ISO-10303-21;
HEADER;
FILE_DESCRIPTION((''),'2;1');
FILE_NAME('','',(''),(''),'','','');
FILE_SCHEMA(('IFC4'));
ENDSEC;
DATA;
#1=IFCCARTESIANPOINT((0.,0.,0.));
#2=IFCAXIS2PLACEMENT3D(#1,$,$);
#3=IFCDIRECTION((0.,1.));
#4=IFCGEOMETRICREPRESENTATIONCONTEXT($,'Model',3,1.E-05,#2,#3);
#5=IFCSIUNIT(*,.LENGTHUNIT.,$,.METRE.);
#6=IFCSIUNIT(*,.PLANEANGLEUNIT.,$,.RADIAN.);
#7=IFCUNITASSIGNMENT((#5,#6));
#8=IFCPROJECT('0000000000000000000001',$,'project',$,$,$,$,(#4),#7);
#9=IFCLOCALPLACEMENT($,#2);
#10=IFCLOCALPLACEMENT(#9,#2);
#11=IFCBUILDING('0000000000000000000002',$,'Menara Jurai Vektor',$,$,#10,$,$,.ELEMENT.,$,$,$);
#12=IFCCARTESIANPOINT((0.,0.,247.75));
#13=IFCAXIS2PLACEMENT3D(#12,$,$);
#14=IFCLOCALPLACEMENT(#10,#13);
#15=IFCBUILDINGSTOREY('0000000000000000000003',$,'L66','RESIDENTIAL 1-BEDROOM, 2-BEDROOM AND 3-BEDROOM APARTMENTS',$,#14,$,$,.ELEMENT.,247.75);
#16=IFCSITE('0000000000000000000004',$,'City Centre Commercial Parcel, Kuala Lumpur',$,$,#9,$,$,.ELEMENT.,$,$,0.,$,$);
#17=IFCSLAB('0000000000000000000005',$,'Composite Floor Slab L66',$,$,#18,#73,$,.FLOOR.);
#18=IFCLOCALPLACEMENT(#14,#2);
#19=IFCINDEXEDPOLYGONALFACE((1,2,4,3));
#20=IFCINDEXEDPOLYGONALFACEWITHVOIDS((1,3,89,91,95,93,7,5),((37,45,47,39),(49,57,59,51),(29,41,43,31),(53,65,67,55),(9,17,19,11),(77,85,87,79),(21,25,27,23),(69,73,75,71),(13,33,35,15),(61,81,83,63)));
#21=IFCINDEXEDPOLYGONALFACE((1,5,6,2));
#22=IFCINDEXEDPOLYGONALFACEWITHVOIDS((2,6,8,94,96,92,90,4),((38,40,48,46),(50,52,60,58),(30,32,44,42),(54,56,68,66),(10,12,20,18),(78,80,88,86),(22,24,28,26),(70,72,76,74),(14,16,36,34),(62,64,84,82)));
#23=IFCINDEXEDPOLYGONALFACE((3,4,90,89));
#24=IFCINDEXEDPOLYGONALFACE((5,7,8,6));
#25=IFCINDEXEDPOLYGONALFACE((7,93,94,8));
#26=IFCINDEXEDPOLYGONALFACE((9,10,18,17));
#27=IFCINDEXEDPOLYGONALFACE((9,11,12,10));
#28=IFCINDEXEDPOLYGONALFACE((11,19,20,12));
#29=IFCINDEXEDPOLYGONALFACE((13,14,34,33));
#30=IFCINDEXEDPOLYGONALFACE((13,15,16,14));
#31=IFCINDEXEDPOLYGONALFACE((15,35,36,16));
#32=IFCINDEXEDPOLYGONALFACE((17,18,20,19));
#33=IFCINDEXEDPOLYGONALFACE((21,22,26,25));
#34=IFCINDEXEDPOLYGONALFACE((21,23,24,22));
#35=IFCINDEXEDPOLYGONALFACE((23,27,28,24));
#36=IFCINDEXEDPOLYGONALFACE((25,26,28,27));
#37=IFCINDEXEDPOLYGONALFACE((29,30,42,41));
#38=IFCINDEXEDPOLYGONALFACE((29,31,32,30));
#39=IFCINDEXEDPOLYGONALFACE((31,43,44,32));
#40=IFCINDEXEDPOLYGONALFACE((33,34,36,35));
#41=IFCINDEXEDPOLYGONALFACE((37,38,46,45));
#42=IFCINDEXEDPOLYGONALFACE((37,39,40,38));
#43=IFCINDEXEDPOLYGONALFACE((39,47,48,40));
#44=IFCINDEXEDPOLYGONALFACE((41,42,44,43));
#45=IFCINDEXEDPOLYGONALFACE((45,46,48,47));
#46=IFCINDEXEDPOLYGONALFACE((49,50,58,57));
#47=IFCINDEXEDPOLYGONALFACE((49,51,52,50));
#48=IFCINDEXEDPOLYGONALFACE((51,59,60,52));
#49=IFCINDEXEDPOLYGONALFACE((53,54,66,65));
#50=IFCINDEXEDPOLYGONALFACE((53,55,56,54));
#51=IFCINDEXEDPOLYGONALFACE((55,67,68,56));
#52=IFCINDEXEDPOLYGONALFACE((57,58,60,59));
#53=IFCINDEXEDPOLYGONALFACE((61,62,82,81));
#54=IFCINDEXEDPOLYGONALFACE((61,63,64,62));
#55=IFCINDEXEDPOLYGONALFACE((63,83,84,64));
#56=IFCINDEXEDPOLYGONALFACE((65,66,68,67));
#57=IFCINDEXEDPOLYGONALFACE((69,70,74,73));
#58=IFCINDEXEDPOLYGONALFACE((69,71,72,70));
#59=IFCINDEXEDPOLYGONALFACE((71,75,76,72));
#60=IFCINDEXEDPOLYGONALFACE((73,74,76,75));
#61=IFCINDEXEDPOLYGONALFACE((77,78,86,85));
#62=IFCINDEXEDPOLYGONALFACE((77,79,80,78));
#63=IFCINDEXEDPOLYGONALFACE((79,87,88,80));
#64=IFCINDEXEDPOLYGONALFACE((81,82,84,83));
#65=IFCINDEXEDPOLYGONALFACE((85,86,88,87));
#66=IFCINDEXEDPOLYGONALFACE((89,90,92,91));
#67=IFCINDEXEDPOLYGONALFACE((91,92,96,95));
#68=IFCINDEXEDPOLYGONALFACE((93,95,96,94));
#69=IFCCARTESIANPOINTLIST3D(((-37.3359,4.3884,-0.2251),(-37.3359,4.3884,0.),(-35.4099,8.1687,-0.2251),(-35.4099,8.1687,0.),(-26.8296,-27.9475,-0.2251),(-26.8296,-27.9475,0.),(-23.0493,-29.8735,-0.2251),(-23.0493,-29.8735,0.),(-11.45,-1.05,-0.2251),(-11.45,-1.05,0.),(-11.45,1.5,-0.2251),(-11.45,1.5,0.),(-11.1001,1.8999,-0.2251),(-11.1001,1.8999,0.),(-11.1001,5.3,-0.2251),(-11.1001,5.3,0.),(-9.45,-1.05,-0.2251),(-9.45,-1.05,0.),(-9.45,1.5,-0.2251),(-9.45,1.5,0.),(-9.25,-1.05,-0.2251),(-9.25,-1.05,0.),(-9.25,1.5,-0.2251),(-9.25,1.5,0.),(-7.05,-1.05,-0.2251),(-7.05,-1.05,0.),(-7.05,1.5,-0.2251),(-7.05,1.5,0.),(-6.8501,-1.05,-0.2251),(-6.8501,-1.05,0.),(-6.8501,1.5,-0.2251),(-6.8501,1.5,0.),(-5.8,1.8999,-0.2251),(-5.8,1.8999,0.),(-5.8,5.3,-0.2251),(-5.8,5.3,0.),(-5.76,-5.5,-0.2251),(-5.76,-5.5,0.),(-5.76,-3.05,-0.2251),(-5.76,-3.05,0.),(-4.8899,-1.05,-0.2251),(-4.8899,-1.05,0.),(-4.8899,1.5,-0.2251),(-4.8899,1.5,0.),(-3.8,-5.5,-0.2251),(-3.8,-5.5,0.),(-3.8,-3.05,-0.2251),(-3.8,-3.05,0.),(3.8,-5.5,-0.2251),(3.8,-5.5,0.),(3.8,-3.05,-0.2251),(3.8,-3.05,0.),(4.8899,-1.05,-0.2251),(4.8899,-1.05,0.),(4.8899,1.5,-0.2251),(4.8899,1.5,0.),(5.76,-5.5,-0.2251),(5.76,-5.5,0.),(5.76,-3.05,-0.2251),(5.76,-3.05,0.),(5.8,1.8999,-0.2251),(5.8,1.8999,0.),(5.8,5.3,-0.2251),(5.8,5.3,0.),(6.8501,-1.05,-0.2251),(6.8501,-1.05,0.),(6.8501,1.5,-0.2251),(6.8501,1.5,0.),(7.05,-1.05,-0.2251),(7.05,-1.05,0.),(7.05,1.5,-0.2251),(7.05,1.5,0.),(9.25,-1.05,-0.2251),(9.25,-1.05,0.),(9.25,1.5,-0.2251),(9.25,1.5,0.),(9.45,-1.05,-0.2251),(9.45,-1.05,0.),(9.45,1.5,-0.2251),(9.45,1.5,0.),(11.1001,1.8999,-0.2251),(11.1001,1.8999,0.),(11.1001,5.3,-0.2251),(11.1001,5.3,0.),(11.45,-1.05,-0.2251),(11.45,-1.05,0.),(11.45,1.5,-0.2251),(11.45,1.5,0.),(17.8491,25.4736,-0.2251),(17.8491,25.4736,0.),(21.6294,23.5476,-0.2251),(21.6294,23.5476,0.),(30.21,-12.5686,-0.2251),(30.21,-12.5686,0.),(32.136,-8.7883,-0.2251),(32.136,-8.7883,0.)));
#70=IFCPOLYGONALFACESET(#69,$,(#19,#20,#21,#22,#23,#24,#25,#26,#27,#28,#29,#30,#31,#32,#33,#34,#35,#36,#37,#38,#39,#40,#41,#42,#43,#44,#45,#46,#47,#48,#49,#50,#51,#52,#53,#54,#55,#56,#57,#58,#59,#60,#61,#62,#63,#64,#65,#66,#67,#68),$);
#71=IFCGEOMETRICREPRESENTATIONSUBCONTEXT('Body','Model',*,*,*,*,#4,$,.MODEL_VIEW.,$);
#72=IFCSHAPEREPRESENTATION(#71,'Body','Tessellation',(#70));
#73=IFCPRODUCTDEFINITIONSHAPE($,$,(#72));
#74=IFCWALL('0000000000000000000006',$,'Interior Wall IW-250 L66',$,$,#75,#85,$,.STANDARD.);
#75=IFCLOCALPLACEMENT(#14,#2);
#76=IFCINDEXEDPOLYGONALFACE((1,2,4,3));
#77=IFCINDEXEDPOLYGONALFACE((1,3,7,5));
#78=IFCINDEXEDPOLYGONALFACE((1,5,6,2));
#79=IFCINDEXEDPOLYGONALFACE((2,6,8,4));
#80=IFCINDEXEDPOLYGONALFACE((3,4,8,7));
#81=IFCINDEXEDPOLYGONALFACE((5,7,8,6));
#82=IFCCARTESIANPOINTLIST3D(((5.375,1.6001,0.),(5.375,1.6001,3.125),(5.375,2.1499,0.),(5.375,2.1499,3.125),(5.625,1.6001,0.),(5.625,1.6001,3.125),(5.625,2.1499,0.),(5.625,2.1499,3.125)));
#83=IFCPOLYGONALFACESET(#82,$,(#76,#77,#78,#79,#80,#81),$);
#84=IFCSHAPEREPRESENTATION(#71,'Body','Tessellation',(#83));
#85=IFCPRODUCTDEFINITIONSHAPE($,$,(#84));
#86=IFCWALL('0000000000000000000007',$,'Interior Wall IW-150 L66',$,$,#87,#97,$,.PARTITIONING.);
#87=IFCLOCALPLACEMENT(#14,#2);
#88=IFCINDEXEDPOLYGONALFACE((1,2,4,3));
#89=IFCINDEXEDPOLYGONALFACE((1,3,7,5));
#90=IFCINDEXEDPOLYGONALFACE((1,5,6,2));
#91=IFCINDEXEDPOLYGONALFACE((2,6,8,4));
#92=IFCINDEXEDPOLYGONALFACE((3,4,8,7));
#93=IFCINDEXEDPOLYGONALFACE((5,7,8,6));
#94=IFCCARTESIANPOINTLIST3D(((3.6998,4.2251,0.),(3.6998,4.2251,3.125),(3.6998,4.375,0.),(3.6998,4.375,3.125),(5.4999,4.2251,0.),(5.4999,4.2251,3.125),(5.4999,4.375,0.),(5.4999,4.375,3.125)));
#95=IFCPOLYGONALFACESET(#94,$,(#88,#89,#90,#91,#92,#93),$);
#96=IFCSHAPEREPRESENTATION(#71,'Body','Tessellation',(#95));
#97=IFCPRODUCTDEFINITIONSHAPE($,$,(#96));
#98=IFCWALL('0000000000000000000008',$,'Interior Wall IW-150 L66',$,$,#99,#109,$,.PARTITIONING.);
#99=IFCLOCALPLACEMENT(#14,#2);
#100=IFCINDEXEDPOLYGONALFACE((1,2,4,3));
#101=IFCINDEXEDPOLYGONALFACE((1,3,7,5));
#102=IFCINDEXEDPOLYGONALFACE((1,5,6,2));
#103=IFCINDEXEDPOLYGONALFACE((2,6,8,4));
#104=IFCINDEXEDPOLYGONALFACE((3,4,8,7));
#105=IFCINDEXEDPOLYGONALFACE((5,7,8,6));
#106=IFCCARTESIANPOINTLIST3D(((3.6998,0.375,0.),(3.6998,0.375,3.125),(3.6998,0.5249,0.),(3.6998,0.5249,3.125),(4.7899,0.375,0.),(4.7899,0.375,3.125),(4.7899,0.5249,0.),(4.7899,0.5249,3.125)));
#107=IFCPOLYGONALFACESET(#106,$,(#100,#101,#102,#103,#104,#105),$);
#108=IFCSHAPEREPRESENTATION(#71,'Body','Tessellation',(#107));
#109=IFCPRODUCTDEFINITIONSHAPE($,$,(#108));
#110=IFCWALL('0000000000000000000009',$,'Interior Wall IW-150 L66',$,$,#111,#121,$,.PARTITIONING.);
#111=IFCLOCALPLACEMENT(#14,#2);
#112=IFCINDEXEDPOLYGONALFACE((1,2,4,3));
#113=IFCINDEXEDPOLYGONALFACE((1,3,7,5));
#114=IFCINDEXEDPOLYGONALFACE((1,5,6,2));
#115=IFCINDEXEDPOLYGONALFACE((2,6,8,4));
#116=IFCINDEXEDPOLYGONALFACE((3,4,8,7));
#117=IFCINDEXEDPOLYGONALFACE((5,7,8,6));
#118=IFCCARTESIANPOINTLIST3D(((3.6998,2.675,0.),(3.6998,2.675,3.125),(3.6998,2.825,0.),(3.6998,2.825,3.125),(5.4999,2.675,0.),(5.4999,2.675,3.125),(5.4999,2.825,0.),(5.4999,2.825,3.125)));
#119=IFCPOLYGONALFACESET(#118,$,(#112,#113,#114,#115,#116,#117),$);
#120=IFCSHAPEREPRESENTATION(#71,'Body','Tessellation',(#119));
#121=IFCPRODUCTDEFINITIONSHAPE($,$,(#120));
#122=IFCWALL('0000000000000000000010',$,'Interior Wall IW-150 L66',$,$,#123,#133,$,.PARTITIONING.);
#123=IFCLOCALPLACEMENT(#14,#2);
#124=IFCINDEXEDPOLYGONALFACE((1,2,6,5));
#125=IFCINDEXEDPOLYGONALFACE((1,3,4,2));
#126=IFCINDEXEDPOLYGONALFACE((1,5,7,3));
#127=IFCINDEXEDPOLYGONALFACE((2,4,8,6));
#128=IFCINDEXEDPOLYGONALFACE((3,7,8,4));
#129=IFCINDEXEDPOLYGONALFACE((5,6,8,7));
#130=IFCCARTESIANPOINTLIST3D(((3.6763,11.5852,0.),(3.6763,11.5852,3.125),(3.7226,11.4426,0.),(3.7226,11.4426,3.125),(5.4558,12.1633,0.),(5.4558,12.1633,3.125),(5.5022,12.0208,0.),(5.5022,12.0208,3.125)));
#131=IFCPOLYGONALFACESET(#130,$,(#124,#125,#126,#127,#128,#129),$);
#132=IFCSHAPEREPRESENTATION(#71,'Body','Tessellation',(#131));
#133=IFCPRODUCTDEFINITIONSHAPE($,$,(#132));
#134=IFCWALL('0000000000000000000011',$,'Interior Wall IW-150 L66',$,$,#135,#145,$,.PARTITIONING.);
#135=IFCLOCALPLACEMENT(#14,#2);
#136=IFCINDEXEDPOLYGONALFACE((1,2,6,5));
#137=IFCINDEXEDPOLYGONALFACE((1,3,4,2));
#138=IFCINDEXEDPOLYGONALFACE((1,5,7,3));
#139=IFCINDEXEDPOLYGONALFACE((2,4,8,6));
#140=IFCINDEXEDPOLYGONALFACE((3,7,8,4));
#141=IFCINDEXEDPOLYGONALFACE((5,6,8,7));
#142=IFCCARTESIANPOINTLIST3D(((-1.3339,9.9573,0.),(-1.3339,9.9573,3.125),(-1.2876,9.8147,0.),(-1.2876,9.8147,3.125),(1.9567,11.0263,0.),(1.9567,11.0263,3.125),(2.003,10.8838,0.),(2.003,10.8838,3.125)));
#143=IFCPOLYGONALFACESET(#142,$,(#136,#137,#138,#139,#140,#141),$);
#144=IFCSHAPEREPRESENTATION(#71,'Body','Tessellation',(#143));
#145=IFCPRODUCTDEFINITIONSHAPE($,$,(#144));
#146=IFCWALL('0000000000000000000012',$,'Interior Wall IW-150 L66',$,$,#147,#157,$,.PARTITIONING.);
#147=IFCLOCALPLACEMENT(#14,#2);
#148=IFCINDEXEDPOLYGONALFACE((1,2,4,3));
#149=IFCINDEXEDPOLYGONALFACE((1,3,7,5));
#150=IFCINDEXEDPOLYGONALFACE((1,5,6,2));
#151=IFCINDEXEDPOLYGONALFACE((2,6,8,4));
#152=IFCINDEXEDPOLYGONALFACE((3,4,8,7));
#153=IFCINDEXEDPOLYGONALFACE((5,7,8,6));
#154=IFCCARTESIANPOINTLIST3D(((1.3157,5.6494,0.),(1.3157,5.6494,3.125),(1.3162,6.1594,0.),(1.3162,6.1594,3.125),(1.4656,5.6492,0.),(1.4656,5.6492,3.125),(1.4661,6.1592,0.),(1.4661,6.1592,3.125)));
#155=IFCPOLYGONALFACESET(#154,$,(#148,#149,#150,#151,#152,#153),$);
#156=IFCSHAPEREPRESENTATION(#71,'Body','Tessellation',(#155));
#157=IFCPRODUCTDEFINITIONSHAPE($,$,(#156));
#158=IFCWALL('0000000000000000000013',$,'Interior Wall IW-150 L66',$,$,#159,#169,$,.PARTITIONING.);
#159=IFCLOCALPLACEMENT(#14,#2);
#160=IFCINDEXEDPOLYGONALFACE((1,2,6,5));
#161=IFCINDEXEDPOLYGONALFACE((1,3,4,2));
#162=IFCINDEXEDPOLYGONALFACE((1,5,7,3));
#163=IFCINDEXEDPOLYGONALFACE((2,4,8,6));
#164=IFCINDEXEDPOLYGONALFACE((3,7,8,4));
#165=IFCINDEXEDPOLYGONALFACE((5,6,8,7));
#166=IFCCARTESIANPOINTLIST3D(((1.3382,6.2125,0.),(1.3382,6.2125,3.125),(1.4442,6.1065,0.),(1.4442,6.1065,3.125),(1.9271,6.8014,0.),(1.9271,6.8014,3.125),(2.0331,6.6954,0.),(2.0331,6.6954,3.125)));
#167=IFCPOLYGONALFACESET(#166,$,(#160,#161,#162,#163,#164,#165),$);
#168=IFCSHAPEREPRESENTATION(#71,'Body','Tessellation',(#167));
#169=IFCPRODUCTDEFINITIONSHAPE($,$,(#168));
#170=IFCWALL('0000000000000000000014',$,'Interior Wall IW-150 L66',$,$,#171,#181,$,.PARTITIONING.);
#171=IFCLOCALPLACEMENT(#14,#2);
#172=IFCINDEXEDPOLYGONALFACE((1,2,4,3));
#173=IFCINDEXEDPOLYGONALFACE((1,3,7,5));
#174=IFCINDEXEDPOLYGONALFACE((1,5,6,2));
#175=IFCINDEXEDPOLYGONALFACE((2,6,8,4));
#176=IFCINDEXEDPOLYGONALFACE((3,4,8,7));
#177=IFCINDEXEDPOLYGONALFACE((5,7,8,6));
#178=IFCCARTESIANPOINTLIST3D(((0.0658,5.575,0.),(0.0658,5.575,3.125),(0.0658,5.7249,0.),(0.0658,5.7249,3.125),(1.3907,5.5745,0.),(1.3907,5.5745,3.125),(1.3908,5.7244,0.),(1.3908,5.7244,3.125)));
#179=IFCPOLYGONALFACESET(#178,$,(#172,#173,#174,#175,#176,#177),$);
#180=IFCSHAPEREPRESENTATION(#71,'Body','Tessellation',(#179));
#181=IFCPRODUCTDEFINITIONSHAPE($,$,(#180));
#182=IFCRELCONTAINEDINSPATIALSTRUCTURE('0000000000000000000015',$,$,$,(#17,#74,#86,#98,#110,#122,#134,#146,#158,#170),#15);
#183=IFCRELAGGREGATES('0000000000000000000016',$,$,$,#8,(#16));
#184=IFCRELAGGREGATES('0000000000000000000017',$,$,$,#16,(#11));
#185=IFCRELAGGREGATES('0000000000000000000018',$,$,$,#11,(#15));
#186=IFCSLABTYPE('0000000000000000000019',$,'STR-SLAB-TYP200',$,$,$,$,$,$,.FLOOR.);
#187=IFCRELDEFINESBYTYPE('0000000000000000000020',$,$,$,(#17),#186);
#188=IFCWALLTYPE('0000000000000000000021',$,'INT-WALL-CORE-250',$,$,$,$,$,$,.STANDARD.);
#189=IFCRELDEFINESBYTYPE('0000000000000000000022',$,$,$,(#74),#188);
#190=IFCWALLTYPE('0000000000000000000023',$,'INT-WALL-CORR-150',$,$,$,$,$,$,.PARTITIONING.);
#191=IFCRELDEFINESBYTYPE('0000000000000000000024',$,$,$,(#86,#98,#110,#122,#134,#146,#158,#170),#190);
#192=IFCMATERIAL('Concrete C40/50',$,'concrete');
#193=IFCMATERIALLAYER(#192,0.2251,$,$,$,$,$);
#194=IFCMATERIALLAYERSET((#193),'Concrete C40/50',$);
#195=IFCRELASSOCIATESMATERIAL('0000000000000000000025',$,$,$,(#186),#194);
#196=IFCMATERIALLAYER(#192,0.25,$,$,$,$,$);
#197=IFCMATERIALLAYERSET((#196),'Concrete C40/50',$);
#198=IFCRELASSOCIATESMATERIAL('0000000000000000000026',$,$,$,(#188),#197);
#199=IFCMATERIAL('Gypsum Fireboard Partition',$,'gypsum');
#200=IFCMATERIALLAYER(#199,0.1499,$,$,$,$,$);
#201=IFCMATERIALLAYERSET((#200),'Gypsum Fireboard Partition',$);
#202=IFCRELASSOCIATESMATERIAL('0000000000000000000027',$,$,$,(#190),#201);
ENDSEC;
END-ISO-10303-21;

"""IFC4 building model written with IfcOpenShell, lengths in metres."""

from ifc_helpers import new_model, si_unit, direction, frame, frame_2d, origin, place, context, subcontext, project, spatial, polyline, rectangle, outline, extrude, material, layer, layer_set, type_object, element, save


model = new_model("IFC4")

# Units and contexts
model_context = context("Model", 3, precision=1e-05, world=origin(), true_north=direction((0.0, 1.0)))
body_context = subcontext(model_context, "Body", "Model", "MODEL_VIEW")
ifc_project = project(units=[si_unit("LENGTHUNIT", "METRE"), si_unit("PLANEANGLEUNIT", "RADIAN")], contexts=[model_context])

# Site, building, storey
site_placement = place(None, origin())
site = spatial("IfcSite", under=ifc_project, at=site_placement, Name="City Centre Commercial Parcel, Kuala Lumpur", CompositionType="ELEMENT", RefElevation=0.0)
building_placement = place(site_placement, origin())
building = spatial("IfcBuilding", under=site, at=building_placement, Name="Menara Jurai Vektor", CompositionType="ELEMENT")
storey_placement = place(building_placement, frame((0.0, 0.0, 247.75)))
storey = spatial("IfcBuildingStorey", under=building, at=storey_placement, Name="L66", Description="RESIDENTIAL 1-BEDROOM, 2-BEDROOM AND 3-BEDROOM APARTMENTS", CompositionType="ELEMENT", Elevation=247.75)

# Shared definitions
ifc_material_1 = material(Name="Concrete C40/50", Category="concrete")

# Slab
ifc_layer_1 = layer(ifc_material_1, 0.2251)
ifc_layer_set_1 = layer_set([ifc_layer_1], Name="Concrete C40/50")
slab_type_1 = type_object("IfcSlabType", Name="STR-SLAB-TYP200", PredefinedType="FLOOR", material=ifc_layer_set_1)
slab_1_placement = place(storey_placement, frame((0.0, 0.0, -0.2251)))
element("IfcSlab", 1, at=slab_1_placement, inside=storey, type_object=slab_type_1, Name="Composite Floor Slab L66", PredefinedType="FLOOR", context=body_context, shape_type="SweptSolid", body=[
    extrude(outline(polyline([(-23.0493, -29.8735), (30.21, -12.5686), (32.136, -8.7883), (21.6294, 23.5476), (17.8491, 25.4736), (-35.4099, 8.1687), (-37.3359, 4.3884), (-26.8296, -27.9475), (-23.0493, -29.8735)]), holes=[polyline([(-11.1001, 1.8999), (-11.1001, 5.3), (-5.8, 5.3), (-5.8, 1.8999), (-11.1001, 1.8999)]), polyline([(5.8, 1.8999), (5.8, 5.3), (11.1001, 5.3), (11.1001, 1.8999), (5.8, 1.8999)]), polyline([(-11.45, -1.05), (-11.45, 1.5), (-9.45, 1.5), (-9.45, -1.05), (-11.45, -1.05)]), polyline([(9.45, -1.05), (9.45, 1.5), (11.45, 1.5), (11.45, -1.05), (9.45, -1.05)]), polyline([(-5.76, -5.5), (-5.76, -3.05), (-3.8, -3.05), (-3.8, -5.5), (-5.76, -5.5)]), polyline([(-6.8501, -1.05), (-6.8501, 1.5), (-4.8899, 1.5), (-4.8899, -1.05), (-6.8501, -1.05)]), polyline([(3.8, -5.5), (3.8, -3.05), (5.76, -3.05), (5.76, -5.5), (3.8, -5.5)]), polyline([(4.8899, -1.05), (4.8899, 1.5), (6.8501, 1.5), (6.8501, -1.05), (4.8899, -1.05)]), polyline([(-9.25, -1.05), (-9.25, 1.5), (-7.05, 1.5), (-7.05, -1.05), (-9.25, -1.05)]), polyline([(7.05, -1.05), (7.05, 1.5), (9.25, 1.5), (9.25, -1.05), (7.05, -1.05)])]), origin(), (0.0, 0.0, 1.0), 0.2251),
])

# Shared definitions
ifc_layer_2 = layer(ifc_material_1, 0.25)
ifc_layer_set_2 = layer_set([ifc_layer_2], Name="Concrete C40/50")
wall_type_1 = type_object("IfcWallType", Name="INT-WALL-CORE-250", PredefinedType="STANDARD", material=ifc_layer_set_2)

# Walls
wall_1_placement = place(storey_placement, frame((5.5, 1.6001, 0.0), z_axis=(0.0, 0.0, 1.0), x_axis=(0.0, 1.0, 0.0)))
element("IfcWall", 2, at=wall_1_placement, inside=storey, type_object=wall_type_1, Name="Interior Wall IW-250 L66", PredefinedType="STANDARD", context=body_context, shape_type="SweptSolid", body=[
    extrude(rectangle(XDim=0.5498, YDim=0.25, at=frame_2d((0.2749, 0.0))), origin(), (0.0, 0.0, 1.0), 3.125),
])
ifc_material_2 = material(Name="Gypsum Fireboard Partition", Category="gypsum")
ifc_layer_3 = layer(ifc_material_2, 0.1499)
ifc_layer_set_3 = layer_set([ifc_layer_3], Name="Gypsum Fireboard Partition")
wall_type_2 = type_object("IfcWallType", Name="INT-WALL-CORR-150", PredefinedType="PARTITIONING", material=ifc_layer_set_3)
wall_2_placement = place(storey_placement, frame((3.7, 4.3, 0.0), z_axis=(0.0, 0.0, 1.0), x_axis=(1.0, 0.0, 0.0)))
element("IfcWall", 3, at=wall_2_placement, inside=storey, type_object=wall_type_2, Name="Interior Wall IW-150 L66", PredefinedType="PARTITIONING", context=body_context, shape_type="SweptSolid", body=[
    extrude(rectangle(XDim=1.8, YDim=0.1499, at=frame_2d((0.8999, 0.0))), origin(), (0.0, 0.0, 1.0), 3.125),
])
wall_3_placement = place(storey_placement, frame((3.7, 0.45, 0.0), z_axis=(0.0, 0.0, 1.0), x_axis=(1.0, 0.0, 0.0)))
element("IfcWall", 4, at=wall_3_placement, inside=storey, type_object=wall_type_2, Name="Interior Wall IW-150 L66", PredefinedType="PARTITIONING", context=body_context, shape_type="SweptSolid", body=[
    extrude(rectangle(XDim=1.0901, YDim=0.1499, at=frame_2d((0.5449, 0.0))), origin(), (0.0, 0.0, 1.0), 3.125),
])
wall_4_placement = place(storey_placement, frame((3.7, 2.75, 0.0), z_axis=(0.0, 0.0, 1.0), x_axis=(1.0, 0.0, 0.0)))
element("IfcWall", 5, at=wall_4_placement, inside=storey, type_object=wall_type_2, Name="Interior Wall IW-150 L66", PredefinedType="PARTITIONING", context=body_context, shape_type="SweptSolid", body=[
    extrude(rectangle(XDim=1.8, YDim=0.1499, at=frame_2d((0.8999, 0.0))), origin(), (0.0, 0.0, 1.0), 3.125),
])
wall_5_placement = place(storey_placement, frame((3.6995, 11.5139, 0.0), z_axis=(0.0, 0.0, 1.0), x_axis=(0.95107, 0.308977, 0.0)))
element("IfcWall", 6, at=wall_5_placement, inside=storey, type_object=wall_type_2, Name="Interior Wall IW-150 L66", PredefinedType="PARTITIONING", context=body_context, shape_type="SweptSolid", body=[
    extrude(rectangle(XDim=1.8711, YDim=0.1499, at=frame_2d((0.9355, 0.0))), origin(), (0.0, 0.0, 1.0), 3.125),
])
wall_6_placement = place(storey_placement, frame((-1.3108, 9.886, 0.0), z_axis=(0.0, 0.0, 1.0), x_axis=(0.951069, 0.308979, 0.0)))
element("IfcWall", 7, at=wall_6_placement, inside=storey, type_object=wall_type_2, Name="Interior Wall IW-150 L66", PredefinedType="PARTITIONING", context=body_context, shape_type="SweptSolid", body=[
    extrude(rectangle(XDim=3.46, YDim=0.1499, at=frame_2d((1.73, 0.0))), origin(), (0.0, 0.0, 1.0), 3.125),
])
wall_7_placement = place(storey_placement, frame((1.3906, 5.6494, 0.0), z_axis=(0.0, 0.0, 1.0), x_axis=(0.000957, 1.0, 0.0)))
element("IfcWall", 8, at=wall_7_placement, inside=storey, type_object=wall_type_2, Name="Interior Wall IW-150 L66", PredefinedType="PARTITIONING", context=body_context, shape_type="SweptSolid", body=[
    extrude(rectangle(XDim=0.51, YDim=0.1499, at=frame_2d((0.2549, 0.0))), origin(), (0.0, 0.0, 1.0), 3.125),
])
wall_8_placement = place(storey_placement, frame((1.3911, 6.1594, 0.0), z_axis=(0.0, 0.0, 1.0), x_axis=(0.707107, 0.707107, 0.0)))
element("IfcWall", 9, at=wall_8_placement, inside=storey, type_object=wall_type_2, Name="Interior Wall IW-150 L66", PredefinedType="PARTITIONING", context=body_context, shape_type="SweptSolid", body=[
    extrude(rectangle(XDim=0.8328, YDim=0.1499, at=frame_2d((0.4165, 0.0))), origin(), (0.0, 0.0, 1.0), 3.125),
])
wall_9_placement = place(storey_placement, frame((0.0657, 5.6499, 0.0), z_axis=(0.0, 0.0, 1.0), x_axis=(1.0, -0.000369, 0.0)))
element("IfcWall", 10, at=wall_9_placement, inside=storey, type_object=wall_type_2, Name="Interior Wall IW-150 L66", PredefinedType="PARTITIONING", context=body_context, shape_type="SweptSolid", body=[
    extrude(rectangle(XDim=1.325, YDim=0.1499, at=frame_2d((0.6626, 0.0))), origin(), (0.0, 0.0, 1.0), 3.125),
])

save(model, "model.ifc")
